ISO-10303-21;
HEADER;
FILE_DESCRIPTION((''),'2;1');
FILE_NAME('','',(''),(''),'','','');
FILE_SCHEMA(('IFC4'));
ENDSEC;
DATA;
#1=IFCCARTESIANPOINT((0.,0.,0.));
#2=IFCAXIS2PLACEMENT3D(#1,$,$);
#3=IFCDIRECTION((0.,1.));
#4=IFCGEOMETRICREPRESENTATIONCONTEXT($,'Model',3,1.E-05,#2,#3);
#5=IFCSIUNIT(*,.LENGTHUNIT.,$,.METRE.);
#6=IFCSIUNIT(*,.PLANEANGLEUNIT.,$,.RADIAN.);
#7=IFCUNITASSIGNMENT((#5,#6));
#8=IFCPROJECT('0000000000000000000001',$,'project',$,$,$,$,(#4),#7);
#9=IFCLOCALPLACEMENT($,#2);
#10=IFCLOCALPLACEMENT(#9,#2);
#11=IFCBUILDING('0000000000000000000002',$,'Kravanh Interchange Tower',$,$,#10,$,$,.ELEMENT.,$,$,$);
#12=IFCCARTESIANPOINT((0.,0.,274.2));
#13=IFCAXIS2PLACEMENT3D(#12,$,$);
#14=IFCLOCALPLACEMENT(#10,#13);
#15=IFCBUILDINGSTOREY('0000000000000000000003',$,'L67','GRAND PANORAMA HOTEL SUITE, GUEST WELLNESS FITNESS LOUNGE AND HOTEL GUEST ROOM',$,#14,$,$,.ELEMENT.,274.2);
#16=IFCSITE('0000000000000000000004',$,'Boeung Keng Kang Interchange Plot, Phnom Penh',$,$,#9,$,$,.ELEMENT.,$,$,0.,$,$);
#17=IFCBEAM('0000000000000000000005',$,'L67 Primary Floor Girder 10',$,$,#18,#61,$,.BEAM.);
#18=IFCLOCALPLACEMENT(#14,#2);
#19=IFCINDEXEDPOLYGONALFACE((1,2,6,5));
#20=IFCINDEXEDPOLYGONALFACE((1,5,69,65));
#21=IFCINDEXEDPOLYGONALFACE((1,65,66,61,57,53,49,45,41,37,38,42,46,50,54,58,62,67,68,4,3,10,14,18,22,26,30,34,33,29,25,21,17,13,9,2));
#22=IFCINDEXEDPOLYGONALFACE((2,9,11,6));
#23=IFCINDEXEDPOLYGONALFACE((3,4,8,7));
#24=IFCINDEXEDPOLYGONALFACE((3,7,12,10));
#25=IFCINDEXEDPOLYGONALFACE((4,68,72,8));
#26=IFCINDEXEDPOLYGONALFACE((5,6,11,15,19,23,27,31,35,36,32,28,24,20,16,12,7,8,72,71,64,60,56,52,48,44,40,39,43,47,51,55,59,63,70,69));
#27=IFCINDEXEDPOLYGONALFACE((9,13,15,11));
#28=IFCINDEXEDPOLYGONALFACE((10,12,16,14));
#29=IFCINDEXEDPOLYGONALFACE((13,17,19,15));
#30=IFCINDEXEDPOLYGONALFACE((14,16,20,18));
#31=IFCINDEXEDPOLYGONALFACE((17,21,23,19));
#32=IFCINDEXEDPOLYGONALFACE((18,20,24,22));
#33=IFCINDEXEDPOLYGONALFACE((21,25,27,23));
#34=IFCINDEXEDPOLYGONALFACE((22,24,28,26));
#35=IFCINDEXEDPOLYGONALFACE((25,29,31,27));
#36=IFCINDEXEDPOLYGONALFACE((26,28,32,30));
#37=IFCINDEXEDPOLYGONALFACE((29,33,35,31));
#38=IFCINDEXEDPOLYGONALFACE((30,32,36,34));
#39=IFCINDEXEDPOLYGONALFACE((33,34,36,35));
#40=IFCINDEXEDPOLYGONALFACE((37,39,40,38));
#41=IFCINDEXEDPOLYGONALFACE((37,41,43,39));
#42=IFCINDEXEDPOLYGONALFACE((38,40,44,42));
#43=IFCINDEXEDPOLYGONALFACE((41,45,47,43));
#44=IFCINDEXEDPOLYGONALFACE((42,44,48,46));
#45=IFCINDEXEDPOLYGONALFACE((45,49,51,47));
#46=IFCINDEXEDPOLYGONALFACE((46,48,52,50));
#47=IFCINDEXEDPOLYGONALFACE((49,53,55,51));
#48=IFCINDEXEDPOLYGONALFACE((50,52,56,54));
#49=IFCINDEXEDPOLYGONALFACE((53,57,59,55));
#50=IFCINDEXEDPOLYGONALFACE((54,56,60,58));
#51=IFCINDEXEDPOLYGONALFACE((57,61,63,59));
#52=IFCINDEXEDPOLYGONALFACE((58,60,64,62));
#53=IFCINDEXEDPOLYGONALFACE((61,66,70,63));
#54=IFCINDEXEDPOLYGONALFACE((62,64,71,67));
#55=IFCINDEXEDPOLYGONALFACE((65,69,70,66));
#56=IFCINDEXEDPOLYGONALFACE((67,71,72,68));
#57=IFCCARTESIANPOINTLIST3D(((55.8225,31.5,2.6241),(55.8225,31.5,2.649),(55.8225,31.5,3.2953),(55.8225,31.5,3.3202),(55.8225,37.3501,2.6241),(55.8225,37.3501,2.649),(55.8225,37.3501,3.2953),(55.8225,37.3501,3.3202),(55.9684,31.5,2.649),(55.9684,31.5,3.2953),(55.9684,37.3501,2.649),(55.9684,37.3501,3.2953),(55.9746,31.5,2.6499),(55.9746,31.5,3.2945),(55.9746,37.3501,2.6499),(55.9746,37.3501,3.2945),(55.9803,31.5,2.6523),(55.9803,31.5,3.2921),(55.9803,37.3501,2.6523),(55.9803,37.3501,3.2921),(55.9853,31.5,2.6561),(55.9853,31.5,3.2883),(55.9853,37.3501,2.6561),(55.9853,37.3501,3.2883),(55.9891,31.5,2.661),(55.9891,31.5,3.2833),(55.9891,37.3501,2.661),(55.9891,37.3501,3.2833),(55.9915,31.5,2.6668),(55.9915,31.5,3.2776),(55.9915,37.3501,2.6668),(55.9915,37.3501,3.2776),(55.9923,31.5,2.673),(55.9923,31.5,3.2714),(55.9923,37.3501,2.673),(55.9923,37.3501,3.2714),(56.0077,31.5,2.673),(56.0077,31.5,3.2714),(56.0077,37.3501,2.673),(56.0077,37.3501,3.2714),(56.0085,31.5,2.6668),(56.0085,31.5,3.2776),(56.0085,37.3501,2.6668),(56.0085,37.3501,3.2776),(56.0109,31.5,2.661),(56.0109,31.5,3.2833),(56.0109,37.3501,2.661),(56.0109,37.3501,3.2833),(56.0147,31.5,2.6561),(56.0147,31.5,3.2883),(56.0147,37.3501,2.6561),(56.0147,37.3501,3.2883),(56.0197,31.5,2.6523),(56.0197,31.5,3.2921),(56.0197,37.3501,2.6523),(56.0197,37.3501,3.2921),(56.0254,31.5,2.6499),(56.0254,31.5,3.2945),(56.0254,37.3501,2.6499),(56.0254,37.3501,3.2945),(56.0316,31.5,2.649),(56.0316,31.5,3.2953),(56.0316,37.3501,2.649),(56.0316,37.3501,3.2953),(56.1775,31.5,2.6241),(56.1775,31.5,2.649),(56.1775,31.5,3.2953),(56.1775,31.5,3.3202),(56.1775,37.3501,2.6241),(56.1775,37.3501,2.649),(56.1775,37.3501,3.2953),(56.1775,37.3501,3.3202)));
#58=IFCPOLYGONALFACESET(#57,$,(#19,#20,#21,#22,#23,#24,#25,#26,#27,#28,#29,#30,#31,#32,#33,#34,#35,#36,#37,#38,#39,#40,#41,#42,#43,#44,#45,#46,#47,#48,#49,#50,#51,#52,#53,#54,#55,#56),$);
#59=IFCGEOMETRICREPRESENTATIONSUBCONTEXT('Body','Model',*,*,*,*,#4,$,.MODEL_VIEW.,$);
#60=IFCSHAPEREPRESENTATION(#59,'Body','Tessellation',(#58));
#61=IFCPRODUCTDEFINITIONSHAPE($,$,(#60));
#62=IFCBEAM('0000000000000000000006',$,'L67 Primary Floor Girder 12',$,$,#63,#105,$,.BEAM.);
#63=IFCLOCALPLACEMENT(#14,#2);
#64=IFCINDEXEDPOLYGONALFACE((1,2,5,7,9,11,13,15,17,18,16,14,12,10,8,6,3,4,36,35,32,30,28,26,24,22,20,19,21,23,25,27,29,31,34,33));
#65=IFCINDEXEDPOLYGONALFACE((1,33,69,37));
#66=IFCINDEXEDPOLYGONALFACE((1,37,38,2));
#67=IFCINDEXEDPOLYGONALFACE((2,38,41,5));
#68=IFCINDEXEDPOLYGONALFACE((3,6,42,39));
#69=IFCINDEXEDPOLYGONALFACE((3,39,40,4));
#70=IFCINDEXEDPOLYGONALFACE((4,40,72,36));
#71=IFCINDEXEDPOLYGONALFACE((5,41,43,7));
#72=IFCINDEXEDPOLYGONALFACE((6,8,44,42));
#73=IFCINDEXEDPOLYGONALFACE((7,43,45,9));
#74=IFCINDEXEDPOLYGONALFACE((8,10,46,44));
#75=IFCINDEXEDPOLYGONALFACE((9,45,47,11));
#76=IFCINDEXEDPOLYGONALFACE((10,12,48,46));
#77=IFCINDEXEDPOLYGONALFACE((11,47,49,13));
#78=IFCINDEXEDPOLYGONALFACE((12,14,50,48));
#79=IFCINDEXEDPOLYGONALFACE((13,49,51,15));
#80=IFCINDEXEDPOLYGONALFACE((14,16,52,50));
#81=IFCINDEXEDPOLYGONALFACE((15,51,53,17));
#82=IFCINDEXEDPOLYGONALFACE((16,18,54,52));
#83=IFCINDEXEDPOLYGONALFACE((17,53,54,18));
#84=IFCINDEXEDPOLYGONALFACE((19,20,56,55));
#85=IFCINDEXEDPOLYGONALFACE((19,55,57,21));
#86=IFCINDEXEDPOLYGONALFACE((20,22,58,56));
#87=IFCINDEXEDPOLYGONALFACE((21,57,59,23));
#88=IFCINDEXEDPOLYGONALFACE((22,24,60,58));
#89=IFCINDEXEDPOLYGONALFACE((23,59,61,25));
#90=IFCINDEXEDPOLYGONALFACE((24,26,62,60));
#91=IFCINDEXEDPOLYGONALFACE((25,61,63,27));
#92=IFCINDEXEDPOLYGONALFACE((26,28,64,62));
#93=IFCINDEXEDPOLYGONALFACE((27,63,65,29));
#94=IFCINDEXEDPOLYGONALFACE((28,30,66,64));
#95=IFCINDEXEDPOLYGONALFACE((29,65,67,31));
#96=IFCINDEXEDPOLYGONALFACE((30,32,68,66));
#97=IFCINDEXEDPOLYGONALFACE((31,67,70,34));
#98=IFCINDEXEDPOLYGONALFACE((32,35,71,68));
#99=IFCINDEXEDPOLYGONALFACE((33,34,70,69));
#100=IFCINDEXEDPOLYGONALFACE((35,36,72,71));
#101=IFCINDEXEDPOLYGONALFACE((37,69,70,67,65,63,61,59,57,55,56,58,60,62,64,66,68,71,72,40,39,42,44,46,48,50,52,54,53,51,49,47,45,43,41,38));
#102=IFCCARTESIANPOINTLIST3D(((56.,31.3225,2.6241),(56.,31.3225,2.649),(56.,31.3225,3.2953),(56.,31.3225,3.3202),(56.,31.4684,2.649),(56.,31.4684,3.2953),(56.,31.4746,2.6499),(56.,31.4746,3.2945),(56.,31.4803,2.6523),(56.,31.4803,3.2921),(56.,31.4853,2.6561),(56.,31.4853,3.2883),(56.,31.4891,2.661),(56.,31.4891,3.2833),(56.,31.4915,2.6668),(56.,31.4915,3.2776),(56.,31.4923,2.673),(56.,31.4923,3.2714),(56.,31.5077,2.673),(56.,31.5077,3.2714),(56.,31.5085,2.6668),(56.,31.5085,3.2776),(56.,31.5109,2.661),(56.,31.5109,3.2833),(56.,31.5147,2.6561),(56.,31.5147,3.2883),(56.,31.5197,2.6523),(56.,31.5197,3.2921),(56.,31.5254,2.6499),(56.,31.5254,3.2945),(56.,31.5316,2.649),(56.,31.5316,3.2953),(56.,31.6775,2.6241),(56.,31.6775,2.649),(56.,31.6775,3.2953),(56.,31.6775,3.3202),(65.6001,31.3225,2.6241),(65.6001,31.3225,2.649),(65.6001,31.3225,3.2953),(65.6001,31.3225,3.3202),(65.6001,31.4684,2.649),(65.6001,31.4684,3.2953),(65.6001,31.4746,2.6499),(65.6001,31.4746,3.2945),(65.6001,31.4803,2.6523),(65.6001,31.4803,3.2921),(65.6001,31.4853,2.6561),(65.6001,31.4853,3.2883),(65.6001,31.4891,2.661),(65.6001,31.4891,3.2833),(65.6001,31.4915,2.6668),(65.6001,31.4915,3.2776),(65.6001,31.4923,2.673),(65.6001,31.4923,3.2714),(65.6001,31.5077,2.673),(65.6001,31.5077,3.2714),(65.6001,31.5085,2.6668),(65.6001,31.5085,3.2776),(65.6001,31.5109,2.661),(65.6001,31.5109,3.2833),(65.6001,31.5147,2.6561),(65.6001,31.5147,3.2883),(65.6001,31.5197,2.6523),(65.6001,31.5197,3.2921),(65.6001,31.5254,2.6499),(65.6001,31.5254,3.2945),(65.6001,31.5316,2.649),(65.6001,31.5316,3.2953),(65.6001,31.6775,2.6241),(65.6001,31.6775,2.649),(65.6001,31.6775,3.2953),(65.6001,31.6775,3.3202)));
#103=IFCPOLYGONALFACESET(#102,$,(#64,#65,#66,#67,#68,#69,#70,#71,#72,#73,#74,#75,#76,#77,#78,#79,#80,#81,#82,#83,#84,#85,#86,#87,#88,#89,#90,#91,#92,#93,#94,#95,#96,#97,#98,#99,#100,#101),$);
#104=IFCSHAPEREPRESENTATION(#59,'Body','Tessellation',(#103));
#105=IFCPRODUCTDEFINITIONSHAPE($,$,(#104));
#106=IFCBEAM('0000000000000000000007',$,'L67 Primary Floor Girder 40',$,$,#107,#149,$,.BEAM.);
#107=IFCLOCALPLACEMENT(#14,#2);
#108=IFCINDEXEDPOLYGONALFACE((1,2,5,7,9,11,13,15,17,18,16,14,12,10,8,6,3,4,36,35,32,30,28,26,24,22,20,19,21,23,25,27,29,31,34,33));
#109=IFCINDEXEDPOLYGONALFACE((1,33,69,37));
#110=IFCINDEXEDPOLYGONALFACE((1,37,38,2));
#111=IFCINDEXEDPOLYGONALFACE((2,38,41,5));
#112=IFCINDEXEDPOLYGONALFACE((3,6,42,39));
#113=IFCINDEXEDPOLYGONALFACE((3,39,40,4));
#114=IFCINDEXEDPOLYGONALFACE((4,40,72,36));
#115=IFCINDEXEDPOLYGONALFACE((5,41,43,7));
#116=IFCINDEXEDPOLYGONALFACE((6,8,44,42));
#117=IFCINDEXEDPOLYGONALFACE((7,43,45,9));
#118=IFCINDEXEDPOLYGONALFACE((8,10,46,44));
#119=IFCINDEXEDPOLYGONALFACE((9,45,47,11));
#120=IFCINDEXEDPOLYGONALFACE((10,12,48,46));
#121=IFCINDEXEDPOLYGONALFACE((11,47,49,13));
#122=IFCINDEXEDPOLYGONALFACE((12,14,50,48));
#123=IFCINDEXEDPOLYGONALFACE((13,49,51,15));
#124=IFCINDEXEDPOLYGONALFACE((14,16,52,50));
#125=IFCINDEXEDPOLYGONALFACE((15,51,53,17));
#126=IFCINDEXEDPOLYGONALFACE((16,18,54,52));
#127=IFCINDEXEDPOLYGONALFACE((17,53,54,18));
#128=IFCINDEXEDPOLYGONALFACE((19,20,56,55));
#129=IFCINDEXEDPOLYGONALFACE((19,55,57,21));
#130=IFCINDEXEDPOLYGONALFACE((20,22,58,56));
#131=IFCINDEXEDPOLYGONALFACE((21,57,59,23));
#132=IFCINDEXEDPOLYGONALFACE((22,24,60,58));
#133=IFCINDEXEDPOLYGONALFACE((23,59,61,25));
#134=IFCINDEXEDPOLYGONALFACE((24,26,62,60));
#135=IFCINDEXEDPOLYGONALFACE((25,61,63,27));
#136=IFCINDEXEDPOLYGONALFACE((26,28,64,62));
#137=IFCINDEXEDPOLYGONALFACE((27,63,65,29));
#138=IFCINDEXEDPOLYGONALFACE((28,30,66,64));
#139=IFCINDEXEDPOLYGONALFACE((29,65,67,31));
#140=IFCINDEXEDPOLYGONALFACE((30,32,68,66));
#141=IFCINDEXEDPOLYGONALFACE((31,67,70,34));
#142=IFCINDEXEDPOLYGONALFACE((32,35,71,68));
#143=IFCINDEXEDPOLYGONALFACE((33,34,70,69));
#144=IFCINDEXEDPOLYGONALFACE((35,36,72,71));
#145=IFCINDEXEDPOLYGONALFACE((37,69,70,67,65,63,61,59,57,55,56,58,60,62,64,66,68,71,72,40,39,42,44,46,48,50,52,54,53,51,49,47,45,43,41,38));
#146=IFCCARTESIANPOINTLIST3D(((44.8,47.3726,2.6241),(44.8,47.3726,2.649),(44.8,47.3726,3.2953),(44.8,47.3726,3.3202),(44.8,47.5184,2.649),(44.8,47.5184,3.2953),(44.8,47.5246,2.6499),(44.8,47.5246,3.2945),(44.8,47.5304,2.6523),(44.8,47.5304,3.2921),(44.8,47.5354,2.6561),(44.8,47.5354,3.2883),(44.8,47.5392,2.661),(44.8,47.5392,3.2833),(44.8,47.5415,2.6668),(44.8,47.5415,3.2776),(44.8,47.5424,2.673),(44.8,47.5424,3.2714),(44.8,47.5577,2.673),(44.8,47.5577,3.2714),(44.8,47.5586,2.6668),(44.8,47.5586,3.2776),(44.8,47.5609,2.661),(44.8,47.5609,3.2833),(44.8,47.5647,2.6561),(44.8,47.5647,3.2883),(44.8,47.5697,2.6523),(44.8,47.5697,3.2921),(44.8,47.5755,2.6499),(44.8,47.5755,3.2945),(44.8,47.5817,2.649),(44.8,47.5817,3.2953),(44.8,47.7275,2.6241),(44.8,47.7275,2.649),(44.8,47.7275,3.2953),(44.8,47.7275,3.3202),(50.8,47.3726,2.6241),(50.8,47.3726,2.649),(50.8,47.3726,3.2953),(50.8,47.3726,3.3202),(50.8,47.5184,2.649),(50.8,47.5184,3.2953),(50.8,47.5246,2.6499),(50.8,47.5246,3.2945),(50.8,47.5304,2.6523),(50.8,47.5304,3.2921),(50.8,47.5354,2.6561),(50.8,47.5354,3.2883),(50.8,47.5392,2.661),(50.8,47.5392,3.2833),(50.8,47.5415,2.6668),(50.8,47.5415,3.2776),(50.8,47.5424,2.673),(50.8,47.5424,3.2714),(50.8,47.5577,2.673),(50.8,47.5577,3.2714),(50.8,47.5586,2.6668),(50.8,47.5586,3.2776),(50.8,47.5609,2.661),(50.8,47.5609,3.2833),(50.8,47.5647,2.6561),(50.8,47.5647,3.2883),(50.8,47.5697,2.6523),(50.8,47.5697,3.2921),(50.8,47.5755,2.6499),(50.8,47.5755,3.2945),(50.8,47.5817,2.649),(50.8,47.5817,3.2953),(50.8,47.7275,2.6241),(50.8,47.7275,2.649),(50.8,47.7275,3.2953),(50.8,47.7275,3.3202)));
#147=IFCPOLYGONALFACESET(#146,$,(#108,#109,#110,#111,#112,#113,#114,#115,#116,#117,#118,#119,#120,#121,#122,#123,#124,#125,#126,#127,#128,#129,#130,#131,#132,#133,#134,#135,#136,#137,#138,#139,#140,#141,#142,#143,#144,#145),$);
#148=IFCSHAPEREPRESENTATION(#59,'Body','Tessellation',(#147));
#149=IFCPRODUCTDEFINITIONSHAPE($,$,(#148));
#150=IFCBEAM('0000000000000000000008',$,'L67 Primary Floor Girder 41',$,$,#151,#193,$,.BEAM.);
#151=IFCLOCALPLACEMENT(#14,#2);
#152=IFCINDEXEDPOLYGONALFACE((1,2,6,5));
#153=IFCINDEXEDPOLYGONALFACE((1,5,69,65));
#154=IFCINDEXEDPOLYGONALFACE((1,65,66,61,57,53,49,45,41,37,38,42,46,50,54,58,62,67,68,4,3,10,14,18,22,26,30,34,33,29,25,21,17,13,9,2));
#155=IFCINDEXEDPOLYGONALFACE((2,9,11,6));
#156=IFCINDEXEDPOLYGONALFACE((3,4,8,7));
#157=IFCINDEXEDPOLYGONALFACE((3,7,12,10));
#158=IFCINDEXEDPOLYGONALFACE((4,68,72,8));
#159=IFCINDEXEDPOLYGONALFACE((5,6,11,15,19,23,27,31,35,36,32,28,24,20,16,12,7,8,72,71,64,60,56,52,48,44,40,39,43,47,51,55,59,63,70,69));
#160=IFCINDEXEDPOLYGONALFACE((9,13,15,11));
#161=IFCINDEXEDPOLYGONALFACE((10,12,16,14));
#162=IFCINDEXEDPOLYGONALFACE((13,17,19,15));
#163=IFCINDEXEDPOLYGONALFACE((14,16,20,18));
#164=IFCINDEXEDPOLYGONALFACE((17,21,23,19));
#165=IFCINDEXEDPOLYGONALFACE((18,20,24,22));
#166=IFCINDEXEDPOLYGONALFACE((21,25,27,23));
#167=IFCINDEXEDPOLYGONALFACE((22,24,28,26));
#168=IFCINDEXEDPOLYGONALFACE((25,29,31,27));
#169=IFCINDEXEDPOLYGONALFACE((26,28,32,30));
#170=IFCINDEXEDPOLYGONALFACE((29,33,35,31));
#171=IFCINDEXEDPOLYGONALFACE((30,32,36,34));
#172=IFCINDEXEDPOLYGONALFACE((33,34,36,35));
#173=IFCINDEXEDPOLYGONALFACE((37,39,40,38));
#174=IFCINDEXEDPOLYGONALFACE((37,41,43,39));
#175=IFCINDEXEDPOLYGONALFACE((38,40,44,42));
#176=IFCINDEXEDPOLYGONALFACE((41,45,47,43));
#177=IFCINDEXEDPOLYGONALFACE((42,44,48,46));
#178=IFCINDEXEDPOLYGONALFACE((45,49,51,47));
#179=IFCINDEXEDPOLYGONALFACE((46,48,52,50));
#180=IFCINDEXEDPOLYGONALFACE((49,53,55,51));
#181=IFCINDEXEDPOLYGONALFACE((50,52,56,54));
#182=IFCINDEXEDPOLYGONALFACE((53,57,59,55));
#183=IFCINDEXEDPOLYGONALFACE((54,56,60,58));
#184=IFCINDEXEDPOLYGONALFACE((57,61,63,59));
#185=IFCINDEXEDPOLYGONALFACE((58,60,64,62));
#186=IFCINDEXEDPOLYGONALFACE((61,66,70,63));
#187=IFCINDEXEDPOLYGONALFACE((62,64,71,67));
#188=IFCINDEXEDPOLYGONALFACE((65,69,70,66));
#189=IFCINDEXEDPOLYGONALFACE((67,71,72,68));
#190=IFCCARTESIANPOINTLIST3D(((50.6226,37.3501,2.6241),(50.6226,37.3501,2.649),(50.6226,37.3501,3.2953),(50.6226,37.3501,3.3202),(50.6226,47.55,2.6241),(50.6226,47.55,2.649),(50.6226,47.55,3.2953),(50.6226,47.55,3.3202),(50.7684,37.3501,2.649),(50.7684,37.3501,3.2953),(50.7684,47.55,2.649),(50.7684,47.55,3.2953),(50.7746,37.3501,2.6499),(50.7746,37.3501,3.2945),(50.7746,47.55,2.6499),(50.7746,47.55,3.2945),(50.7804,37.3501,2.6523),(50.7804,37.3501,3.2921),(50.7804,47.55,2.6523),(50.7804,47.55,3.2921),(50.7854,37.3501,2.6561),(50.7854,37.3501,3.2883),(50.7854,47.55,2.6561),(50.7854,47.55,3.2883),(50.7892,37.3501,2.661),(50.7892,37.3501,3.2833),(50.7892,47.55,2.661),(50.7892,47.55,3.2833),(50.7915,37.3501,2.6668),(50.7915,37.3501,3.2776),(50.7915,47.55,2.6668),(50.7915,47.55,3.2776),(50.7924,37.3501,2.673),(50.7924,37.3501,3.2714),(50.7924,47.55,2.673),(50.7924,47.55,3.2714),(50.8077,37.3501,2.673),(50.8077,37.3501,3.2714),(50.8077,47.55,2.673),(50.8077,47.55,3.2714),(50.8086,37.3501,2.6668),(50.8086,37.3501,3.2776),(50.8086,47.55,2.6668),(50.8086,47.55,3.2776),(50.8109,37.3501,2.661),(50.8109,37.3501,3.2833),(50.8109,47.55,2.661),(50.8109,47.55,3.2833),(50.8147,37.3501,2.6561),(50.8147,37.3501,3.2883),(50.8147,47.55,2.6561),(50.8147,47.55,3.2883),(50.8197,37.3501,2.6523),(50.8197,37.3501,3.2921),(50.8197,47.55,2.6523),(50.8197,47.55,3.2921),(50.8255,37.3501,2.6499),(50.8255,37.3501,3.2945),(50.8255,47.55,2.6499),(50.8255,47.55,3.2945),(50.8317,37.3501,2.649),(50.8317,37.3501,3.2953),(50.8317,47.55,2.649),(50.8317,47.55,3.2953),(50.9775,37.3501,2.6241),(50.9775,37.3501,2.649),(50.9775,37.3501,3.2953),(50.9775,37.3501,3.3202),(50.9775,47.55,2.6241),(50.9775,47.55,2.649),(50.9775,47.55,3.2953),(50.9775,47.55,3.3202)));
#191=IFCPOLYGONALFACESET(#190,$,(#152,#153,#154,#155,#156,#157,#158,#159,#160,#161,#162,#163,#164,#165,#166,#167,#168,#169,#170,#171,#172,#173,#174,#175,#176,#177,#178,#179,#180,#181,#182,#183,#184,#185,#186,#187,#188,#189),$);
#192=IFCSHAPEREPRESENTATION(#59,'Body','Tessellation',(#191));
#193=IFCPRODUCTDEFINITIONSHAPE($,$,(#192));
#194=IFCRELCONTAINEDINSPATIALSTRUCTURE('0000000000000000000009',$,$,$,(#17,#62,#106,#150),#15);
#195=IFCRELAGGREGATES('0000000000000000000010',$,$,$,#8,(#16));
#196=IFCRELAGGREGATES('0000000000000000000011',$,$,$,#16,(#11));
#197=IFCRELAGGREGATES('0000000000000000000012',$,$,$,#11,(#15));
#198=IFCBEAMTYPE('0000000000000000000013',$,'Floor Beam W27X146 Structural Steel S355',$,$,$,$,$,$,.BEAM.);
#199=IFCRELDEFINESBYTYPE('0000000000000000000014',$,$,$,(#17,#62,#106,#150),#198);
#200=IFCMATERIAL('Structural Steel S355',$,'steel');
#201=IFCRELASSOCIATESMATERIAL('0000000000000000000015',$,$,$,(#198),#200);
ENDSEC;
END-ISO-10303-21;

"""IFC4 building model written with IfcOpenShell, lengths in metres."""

from ifc_helpers import new_model, si_unit, direction, frame, origin, origin_2d, place, context, subcontext, project, spatial, i_section, extrude, material, material_profile, profile_set, type_object, element, save


model = new_model("IFC4")

# Units and contexts
model_context = context("Model", 3, precision=1e-05, world=origin(), true_north=direction((0.0, 1.0)))
body_context = subcontext(model_context, "Body", "Model", "MODEL_VIEW")
ifc_project = project(units=[si_unit("LENGTHUNIT", "METRE"), si_unit("PLANEANGLEUNIT", "RADIAN")], contexts=[model_context])

# Site, building, storey
site_placement = place(None, origin())
site = spatial("IfcSite", under=ifc_project, at=site_placement, Name="Boeung Keng Kang Interchange Plot, Phnom Penh", CompositionType="ELEMENT", RefElevation=0.0)
building_placement = place(site_placement, origin())
building = spatial("IfcBuilding", under=site, at=building_placement, Name="Kravanh Interchange Tower", CompositionType="ELEMENT")
storey_placement = place(building_placement, frame((0.0, 0.0, 274.2)))
storey = spatial("IfcBuildingStorey", under=building, at=storey_placement, Name="L67", Description="GRAND PANORAMA HOTEL SUITE, GUEST WELLNESS FITNESS LOUNGE AND HOTEL GUEST ROOM", CompositionType="ELEMENT", Elevation=274.2)

# Beams
ifc_material_1 = material(Name="Structural Steel S355", Category="steel")
ifc_material_profile_1 = material_profile(ifc_material_1, i_section(OverallWidth=0.355, OverallDepth=0.696, WebThickness=0.0154, FlangeThickness=0.0249, FilletRadius=0.0239, at=origin_2d()), Name="W27X146")
ifc_profile_set_1 = profile_set([ifc_material_profile_1], Name="Structural Steel S355")
beam_type_1 = type_object("IfcBeamType", Name="Floor Beam W27X146 Structural Steel S355", PredefinedType="BEAM", material=ifc_profile_set_1)
beam_1_placement = place(storey_placement, frame((56.0, 31.5, 2.9722), z_axis=(0.0, 1.0, 0.0), x_axis=(-1.0, 0.0, 0.0)))
element("IfcBeam", 1, at=beam_1_placement, inside=storey, type_object=beam_type_1, Name="L67 Primary Floor Girder 10", PredefinedType="BEAM", context=body_context, shape_type="SweptSolid", body=[
    extrude(i_section(OverallWidth=0.355, OverallDepth=0.696, WebThickness=0.0154, FlangeThickness=0.0249, FilletRadius=0.0239, at=origin_2d()), origin(), (0.0, 0.0, 1.0), 5.8501),
])
beam_2_placement = place(storey_placement, frame((56.0, 31.5, 2.9722), z_axis=(1.0, 0.0, 0.0), x_axis=(0.0, 1.0, 0.0)))
element("IfcBeam", 2, at=beam_2_placement, inside=storey, type_object=beam_type_1, Name="L67 Primary Floor Girder 12", PredefinedType="BEAM", context=body_context, shape_type="SweptSolid", body=[
    extrude(i_section(OverallWidth=0.355, OverallDepth=0.696, WebThickness=0.0154, FlangeThickness=0.0249, FilletRadius=0.0239, at=origin_2d()), origin(), (0.0, 0.0, 1.0), 9.6001),
])
beam_3_placement = place(storey_placement, frame((50.8, 47.55, 2.9722), z_axis=(-1.0, 0.0, 0.0), x_axis=(0.0, -1.0, 0.0)))
element("IfcBeam", 3, at=beam_3_placement, inside=storey, type_object=beam_type_1, Name="L67 Primary Floor Girder 40", PredefinedType="BEAM", context=body_context, shape_type="SweptSolid", body=[
    extrude(i_section(OverallWidth=0.355, OverallDepth=0.696, WebThickness=0.0154, FlangeThickness=0.0249, FilletRadius=0.0239, at=origin_2d()), origin(), (0.0, 0.0, 1.0), 6.0),
])
beam_4_placement = place(storey_placement, frame((50.8, 47.55, 2.9722), z_axis=(0.0, -1.0, 0.0), x_axis=(1.0, 0.0, 0.0)))
element("IfcBeam", 4, at=beam_4_placement, inside=storey, type_object=beam_type_1, Name="L67 Primary Floor Girder 41", PredefinedType="BEAM", context=body_context, shape_type="SweptSolid", body=[
    extrude(i_section(OverallWidth=0.355, OverallDepth=0.696, WebThickness=0.0154, FlangeThickness=0.0249, FilletRadius=0.0239, at=origin_2d()), origin(), (0.0, 0.0, 1.0), 10.2),
])

save(model, "model.ifc")
